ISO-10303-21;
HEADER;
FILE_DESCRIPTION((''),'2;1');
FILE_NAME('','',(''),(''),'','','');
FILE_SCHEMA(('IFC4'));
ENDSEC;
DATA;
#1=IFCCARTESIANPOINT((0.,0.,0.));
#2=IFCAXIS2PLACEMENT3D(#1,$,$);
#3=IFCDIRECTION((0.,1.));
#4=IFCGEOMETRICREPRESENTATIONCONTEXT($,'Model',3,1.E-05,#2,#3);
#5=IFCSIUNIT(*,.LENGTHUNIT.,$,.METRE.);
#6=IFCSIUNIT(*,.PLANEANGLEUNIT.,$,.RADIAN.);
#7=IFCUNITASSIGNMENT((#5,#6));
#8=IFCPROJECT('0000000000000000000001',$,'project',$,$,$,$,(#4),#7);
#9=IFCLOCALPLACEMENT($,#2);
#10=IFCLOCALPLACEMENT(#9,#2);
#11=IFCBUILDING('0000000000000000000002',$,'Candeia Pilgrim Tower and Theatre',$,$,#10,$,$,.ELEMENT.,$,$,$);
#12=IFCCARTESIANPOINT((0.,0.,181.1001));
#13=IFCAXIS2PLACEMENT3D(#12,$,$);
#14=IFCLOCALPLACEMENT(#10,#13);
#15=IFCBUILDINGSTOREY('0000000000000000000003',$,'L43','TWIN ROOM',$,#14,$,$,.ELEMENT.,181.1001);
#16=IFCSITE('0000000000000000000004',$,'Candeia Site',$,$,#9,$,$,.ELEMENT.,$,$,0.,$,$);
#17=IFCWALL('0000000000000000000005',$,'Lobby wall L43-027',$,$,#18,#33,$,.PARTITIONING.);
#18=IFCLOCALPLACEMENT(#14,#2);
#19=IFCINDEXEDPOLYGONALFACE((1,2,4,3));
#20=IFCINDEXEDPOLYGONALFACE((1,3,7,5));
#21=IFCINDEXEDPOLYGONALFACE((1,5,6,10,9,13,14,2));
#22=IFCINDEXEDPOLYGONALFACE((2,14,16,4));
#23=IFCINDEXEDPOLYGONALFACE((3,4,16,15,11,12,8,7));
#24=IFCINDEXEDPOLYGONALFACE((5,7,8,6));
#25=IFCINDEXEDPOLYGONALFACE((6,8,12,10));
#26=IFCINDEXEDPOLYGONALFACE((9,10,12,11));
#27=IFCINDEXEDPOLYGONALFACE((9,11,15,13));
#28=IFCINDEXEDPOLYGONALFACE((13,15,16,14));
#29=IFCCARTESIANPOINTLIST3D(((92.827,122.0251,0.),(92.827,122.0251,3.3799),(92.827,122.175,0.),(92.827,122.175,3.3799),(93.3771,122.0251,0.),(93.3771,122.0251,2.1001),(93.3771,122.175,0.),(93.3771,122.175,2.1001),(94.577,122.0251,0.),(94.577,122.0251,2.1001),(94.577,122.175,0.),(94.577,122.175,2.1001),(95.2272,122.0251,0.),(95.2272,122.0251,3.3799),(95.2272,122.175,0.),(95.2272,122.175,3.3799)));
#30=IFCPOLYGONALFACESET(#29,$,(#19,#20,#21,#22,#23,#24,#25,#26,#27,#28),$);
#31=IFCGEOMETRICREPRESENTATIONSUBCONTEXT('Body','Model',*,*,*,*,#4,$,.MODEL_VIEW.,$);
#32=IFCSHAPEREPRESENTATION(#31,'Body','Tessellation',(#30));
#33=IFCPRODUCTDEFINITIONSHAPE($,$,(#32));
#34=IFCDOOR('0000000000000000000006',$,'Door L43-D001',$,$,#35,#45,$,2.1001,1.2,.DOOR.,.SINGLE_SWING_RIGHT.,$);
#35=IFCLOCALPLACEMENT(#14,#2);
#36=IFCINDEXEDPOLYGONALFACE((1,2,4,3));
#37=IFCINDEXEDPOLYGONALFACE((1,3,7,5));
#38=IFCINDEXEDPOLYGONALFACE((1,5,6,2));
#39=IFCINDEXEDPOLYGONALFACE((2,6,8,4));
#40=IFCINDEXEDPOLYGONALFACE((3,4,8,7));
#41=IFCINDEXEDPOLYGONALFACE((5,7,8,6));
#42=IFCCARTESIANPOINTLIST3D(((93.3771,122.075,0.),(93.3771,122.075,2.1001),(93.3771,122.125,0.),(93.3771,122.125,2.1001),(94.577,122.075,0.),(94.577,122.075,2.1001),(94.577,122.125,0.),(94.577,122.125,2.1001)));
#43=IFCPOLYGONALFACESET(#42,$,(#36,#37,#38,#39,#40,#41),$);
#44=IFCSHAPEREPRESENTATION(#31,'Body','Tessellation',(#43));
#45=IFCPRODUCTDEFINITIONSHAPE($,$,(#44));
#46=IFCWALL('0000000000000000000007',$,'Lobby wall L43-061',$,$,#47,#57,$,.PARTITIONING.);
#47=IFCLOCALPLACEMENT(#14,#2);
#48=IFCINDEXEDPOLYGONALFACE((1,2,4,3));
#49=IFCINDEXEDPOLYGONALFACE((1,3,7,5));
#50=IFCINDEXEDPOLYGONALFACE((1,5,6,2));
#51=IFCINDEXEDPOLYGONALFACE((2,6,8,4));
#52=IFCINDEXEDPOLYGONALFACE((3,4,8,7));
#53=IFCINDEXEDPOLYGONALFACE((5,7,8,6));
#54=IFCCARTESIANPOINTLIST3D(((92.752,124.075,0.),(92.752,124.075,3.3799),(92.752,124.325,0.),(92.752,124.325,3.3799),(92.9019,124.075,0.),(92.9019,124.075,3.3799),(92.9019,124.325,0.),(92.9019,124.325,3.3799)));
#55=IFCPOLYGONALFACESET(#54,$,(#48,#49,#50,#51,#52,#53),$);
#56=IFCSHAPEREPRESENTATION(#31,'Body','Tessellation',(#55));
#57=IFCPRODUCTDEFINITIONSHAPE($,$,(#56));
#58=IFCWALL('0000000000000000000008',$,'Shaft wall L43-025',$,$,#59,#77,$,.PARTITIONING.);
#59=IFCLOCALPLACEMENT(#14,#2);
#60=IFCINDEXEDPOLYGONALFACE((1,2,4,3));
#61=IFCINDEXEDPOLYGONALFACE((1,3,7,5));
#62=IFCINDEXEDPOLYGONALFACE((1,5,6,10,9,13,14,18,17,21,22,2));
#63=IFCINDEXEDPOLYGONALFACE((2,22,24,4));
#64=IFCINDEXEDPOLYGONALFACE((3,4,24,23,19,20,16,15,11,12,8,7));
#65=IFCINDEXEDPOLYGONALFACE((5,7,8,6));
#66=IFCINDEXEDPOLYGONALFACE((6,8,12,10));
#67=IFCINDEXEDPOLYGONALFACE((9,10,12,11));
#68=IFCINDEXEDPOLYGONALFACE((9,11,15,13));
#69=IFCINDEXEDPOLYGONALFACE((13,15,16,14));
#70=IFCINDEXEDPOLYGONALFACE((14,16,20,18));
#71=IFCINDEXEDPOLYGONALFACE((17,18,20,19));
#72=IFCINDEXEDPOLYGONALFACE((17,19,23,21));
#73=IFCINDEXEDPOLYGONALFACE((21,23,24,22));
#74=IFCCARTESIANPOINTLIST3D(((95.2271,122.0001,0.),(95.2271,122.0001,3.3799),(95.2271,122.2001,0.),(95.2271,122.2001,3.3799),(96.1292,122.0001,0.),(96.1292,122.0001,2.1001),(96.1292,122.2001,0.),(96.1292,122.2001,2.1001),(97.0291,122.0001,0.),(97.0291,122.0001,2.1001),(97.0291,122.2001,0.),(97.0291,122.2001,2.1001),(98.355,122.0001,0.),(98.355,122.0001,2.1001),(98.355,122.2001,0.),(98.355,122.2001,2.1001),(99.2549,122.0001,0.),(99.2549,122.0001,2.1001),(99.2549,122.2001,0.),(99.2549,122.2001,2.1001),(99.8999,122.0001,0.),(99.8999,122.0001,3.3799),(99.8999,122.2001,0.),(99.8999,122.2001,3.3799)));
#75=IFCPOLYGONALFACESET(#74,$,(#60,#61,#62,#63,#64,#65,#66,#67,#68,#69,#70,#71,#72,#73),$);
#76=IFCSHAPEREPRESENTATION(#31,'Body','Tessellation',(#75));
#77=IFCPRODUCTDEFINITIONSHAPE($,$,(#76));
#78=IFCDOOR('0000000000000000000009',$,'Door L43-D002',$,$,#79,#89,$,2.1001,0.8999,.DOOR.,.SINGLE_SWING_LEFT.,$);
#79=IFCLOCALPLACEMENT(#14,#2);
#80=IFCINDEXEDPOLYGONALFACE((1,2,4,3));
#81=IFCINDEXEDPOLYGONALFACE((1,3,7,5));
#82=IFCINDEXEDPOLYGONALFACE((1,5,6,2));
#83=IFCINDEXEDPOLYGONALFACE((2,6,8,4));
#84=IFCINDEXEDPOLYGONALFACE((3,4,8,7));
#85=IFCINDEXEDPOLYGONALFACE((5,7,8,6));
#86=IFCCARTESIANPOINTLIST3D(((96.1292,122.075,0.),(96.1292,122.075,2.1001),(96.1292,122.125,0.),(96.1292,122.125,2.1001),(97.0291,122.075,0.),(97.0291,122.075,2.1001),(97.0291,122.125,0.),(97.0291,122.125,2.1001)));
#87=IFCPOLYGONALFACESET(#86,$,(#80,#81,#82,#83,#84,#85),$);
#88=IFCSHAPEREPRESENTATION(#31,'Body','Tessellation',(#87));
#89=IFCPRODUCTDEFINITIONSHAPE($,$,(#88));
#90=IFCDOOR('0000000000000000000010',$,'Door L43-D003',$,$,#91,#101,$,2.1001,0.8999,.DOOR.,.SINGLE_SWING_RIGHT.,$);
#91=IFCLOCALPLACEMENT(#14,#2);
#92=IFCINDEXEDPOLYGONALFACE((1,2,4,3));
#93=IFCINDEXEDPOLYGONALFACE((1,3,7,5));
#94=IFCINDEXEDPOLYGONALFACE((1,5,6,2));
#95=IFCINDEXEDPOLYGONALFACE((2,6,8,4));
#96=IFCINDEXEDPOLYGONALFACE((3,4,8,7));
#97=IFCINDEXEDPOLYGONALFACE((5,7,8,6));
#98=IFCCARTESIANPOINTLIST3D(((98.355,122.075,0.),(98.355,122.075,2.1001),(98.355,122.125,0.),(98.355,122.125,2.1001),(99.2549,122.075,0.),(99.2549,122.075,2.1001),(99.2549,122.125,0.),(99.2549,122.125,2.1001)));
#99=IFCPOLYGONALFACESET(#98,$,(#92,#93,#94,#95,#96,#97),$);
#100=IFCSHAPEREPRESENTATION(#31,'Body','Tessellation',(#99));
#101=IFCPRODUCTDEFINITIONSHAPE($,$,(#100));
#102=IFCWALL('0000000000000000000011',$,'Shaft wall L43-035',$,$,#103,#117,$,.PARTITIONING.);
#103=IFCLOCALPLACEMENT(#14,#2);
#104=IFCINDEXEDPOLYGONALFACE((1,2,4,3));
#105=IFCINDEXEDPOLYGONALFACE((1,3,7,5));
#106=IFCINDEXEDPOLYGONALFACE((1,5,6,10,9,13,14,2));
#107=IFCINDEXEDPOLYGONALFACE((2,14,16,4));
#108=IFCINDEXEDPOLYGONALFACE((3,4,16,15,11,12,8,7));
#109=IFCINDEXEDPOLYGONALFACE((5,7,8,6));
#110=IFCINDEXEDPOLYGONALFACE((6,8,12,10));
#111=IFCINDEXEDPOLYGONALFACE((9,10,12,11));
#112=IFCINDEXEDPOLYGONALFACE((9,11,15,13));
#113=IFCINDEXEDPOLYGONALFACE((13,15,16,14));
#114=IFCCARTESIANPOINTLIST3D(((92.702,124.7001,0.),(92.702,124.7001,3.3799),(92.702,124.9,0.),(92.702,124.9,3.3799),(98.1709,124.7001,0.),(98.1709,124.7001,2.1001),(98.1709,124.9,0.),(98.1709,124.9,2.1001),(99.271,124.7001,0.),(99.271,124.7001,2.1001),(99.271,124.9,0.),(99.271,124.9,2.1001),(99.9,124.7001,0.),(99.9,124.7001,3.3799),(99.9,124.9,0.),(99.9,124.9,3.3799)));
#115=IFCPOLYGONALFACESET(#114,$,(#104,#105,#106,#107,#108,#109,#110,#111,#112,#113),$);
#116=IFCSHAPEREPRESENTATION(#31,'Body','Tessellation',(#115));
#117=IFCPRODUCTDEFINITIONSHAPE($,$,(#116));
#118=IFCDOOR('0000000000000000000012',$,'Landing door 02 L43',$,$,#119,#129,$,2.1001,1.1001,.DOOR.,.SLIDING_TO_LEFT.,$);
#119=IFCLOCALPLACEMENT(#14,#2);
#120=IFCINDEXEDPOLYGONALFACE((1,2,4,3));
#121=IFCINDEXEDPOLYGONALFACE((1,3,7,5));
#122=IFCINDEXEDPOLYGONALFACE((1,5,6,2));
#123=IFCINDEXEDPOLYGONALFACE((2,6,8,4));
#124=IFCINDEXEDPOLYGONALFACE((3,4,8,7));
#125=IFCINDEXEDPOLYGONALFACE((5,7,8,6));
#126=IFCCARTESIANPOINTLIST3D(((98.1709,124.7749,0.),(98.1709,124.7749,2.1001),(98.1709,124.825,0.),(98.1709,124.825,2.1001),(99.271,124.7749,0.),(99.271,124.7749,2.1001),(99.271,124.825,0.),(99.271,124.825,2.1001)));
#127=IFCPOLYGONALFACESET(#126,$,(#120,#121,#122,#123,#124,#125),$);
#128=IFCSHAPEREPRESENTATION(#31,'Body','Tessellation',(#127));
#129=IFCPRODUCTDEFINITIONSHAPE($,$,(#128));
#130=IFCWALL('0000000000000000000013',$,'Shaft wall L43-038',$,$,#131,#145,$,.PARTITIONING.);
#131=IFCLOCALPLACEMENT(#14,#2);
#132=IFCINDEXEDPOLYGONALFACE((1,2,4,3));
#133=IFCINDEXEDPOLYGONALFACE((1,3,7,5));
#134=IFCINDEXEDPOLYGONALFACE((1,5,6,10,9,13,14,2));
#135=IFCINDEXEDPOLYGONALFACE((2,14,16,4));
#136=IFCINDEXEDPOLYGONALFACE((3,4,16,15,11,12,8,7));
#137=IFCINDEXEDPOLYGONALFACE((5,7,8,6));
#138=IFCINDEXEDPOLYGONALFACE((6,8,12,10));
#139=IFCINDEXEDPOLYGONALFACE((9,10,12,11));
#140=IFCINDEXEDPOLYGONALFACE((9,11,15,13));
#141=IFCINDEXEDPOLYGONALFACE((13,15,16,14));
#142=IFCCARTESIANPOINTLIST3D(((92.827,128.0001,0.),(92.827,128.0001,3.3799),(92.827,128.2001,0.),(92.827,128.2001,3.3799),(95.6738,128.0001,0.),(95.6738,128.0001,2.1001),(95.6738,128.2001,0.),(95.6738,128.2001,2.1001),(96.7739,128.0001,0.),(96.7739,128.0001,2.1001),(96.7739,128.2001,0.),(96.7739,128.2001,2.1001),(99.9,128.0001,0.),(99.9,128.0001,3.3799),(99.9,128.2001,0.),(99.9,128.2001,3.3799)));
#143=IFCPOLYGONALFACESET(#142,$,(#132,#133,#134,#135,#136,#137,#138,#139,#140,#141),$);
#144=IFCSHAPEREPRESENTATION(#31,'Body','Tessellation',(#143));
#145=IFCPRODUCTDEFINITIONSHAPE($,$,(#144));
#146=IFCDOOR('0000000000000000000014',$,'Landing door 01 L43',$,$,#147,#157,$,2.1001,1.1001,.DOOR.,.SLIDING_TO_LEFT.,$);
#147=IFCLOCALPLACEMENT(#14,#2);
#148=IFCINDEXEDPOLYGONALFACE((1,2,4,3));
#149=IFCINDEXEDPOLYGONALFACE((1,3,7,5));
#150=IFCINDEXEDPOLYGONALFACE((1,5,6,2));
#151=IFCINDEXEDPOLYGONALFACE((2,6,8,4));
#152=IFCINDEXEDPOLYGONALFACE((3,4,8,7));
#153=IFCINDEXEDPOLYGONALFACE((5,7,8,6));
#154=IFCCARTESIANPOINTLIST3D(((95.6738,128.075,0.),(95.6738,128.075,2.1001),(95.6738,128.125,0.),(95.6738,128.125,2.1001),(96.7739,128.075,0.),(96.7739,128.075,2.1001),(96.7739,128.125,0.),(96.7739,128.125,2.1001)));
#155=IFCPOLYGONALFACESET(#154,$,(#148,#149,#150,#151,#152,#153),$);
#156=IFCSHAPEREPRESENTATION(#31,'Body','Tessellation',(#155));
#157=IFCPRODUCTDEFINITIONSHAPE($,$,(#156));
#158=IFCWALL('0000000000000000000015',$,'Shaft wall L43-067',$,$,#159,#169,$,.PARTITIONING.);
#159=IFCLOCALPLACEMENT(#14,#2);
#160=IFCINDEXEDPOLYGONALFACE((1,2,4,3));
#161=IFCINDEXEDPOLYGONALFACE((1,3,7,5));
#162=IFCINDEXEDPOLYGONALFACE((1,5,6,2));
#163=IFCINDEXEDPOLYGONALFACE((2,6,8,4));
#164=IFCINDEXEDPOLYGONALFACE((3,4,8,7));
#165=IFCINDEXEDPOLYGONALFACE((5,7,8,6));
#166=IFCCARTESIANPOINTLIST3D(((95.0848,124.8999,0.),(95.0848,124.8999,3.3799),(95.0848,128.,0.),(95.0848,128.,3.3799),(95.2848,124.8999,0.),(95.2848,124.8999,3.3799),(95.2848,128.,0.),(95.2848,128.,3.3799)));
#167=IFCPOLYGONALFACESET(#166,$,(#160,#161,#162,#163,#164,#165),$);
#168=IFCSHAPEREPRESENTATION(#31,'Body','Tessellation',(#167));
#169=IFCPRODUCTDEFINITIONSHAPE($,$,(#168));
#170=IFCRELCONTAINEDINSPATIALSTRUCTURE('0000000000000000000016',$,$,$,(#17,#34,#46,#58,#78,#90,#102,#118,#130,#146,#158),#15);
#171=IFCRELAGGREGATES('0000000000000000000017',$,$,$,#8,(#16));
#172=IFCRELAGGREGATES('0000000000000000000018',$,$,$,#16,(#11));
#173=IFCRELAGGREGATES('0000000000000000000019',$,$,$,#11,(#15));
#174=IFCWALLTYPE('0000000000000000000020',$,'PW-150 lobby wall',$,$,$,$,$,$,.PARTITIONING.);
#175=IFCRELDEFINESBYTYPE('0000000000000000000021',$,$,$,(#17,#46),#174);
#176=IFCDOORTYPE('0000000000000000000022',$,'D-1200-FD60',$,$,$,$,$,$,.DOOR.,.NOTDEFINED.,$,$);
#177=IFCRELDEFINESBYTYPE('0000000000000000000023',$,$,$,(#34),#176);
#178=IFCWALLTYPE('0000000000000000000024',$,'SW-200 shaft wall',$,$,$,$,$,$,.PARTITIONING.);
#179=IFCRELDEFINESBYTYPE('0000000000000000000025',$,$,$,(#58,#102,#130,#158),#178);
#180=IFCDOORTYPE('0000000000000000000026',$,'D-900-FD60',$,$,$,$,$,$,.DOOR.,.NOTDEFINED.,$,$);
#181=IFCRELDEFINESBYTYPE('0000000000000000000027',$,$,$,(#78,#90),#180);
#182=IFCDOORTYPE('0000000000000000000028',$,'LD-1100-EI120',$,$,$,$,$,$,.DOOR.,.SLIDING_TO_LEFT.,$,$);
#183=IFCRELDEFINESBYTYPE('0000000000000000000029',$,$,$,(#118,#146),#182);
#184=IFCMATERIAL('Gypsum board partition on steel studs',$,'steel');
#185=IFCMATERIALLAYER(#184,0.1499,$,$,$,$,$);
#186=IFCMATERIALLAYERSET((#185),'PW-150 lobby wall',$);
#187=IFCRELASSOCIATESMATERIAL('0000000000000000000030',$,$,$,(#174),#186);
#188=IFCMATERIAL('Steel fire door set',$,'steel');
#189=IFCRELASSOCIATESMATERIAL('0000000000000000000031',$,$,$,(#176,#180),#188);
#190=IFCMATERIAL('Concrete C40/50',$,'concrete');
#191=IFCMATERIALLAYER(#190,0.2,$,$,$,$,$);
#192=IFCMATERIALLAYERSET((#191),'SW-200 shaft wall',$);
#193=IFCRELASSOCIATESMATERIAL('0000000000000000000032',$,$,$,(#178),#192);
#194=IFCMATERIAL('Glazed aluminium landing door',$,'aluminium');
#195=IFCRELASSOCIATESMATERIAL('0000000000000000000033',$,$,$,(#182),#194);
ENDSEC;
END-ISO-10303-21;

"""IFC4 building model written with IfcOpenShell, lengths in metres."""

from ifc_helpers import new_model, si_unit, direction, frame, frame_2d, origin, place, context, subcontext, project, spatial, rectangle, extrude, material, layer, layer_set, type_object, element, fill, save


model = new_model("IFC4")

# Units and contexts
model_context = context("Model", 3, precision=1e-05, world=origin(), true_north=direction((0.0, 1.0)))
body_context = subcontext(model_context, "Body", "Model", "MODEL_VIEW")
ifc_project = project(units=[si_unit("LENGTHUNIT", "METRE"), si_unit("PLANEANGLEUNIT", "RADIAN")], contexts=[model_context])

# Site, building, storey
site_placement = place(None, origin())
site = spatial("IfcSite", under=ifc_project, at=site_placement, Name="Candeia Site", CompositionType="ELEMENT", RefElevation=0.0)
building_placement = place(site_placement, origin())
building = spatial("IfcBuilding", under=site, at=building_placement, Name="Candeia Pilgrim Tower and Theatre", CompositionType="ELEMENT")
storey_placement = place(building_placement, frame((0.0, 0.0, 181.1001)))
storey = spatial("IfcBuildingStorey", under=building, at=storey_placement, Name="L43", Description="TWIN ROOM", CompositionType="ELEMENT", Elevation=181.1001)

# Wall, opening, door
ifc_material_1 = material(Name="Gypsum board partition on steel studs", Category="steel")
ifc_layer_1 = layer(ifc_material_1, 0.1499)
ifc_layer_set_1 = layer_set([ifc_layer_1], Name="PW-150 lobby wall")
wall_type_1 = type_object("IfcWallType", Name="PW-150 lobby wall", PredefinedType="PARTITIONING", material=ifc_layer_set_1)
wall_1_placement = place(storey_placement, frame((92.8269, 122.1001, 0.0), z_axis=(0.0, 0.0, 1.0), x_axis=(1.0, 0.0, 0.0)))
wall_1 = element("IfcWall", 1, at=wall_1_placement, inside=storey, type_object=wall_type_1, Name="Lobby wall L43-027", PredefinedType="PARTITIONING", context=body_context, shape_type="SweptSolid", body=[
    extrude(rectangle(XDim=2.4001, YDim=0.1499, at=frame_2d((1.2002, 0.0))), origin(), (0.0, 0.0, 1.0), 3.3799),
])
opening_1_placement = place(wall_1_placement, frame((0.55, 0.0, 0.0)))
opening_1 = element("IfcOpeningElement", 2, at=opening_1_placement, cuts=wall_1, PredefinedType="OPENING", context=body_context, shape_type="SweptSolid", body=[
    extrude(rectangle(XDim=1.2, YDim=2.1001, at=frame_2d((0.6001, 1.05))), frame((0.0, 0.085, 0.0), z_axis=(0.0, -1.0, 0.0), x_axis=(1.0, 0.0, 0.0)), (0.0, 0.0, 1.0), 0.1699),
])
ifc_material_2 = material(Name="Steel fire door set", Category="steel")
door_type_1 = type_object("IfcDoorType", Name="D-1200-FD60", OperationType="NOTDEFINED", PredefinedType="DOOR", material=ifc_material_2)
door_1_placement = place(opening_1_placement, origin())
door_1 = element("IfcDoor", 3, at=door_1_placement, inside=storey, type_object=door_type_1, Name="Door L43-D001", OperationType="SINGLE_SWING_RIGHT", OverallHeight=2.1001, OverallWidth=1.2, PredefinedType="DOOR", context=body_context, shape_type="SweptSolid", body=[
    extrude(rectangle(XDim=1.2, YDim=2.1001, at=frame_2d((0.6001, 1.05))), frame((0.0, 0.0249, 0.0), z_axis=(0.0, -1.0, 0.0), x_axis=(1.0, 0.0, 0.0)), (0.0, 0.0, 1.0), 0.05),
])
fill(opening_1, door_1)

# Wall
wall_2_placement = place(storey_placement, frame((92.8269, 124.075, 0.0), z_axis=(0.0, 0.0, 1.0), x_axis=(0.0, 1.0, 0.0)))
element("IfcWall", 4, at=wall_2_placement, inside=storey, type_object=wall_type_1, Name="Lobby wall L43-061", PredefinedType="PARTITIONING", context=body_context, shape_type="SweptSolid", body=[
    extrude(rectangle(XDim=0.25, YDim=0.1499, at=frame_2d((0.125, 0.0))), origin(), (0.0, 0.0, 1.0), 3.3799),
])

# Wall, openings, doors
ifc_material_3 = material(Name="Concrete C40/50", Category="concrete")
ifc_layer_2 = layer(ifc_material_3, 0.2)
ifc_layer_set_2 = layer_set([ifc_layer_2], Name="SW-200 shaft wall")
wall_type_2 = type_object("IfcWallType", Name="SW-200 shaft wall", PredefinedType="PARTITIONING", material=ifc_layer_set_2)
wall_3_placement = place(storey_placement, frame((95.2271, 122.1001, 0.0), z_axis=(0.0, 0.0, 1.0), x_axis=(1.0, 0.0, 0.0)))
wall_3 = element("IfcWall", 5, at=wall_3_placement, inside=storey, type_object=wall_type_2, Name="Shaft wall L43-025", PredefinedType="PARTITIONING", context=body_context, shape_type="SweptSolid", body=[
    extrude(rectangle(XDim=4.6729, YDim=0.2, at=frame_2d((2.3364, 0.0))), origin(), (0.0, 0.0, 1.0), 3.3799),
])
opening_2_placement = place(wall_3_placement, frame((0.9021, 0.0, 0.0)))
opening_2 = element("IfcOpeningElement", 6, at=opening_2_placement, cuts=wall_3, PredefinedType="OPENING", context=body_context, shape_type="SweptSolid", body=[
    extrude(rectangle(XDim=0.8999, YDim=2.1001, at=frame_2d((0.45, 1.05))), frame((0.0, 0.1099, 0.0), z_axis=(0.0, -1.0, 0.0), x_axis=(1.0, 0.0, 0.0)), (0.0, 0.0, 1.0), 0.22),
])
opening_3_placement = place(wall_3_placement, frame((3.1279, 0.0, 0.0)))
opening_3 = element("IfcOpeningElement", 7, at=opening_3_placement, cuts=wall_3, PredefinedType="OPENING", context=body_context, shape_type="SweptSolid", body=[
    extrude(rectangle(XDim=0.8999, YDim=2.1001, at=frame_2d((0.45, 1.05))), frame((0.0, 0.1099, 0.0), z_axis=(0.0, -1.0, 0.0), x_axis=(1.0, 0.0, 0.0)), (0.0, 0.0, 1.0), 0.22),
])
door_type_2 = type_object("IfcDoorType", Name="D-900-FD60", OperationType="NOTDEFINED", PredefinedType="DOOR", material=ifc_material_2)
door_2_placement = place(opening_2_placement, origin())
door_2 = element("IfcDoor", 8, at=door_2_placement, inside=storey, type_object=door_type_2, Name="Door L43-D002", OperationType="SINGLE_SWING_LEFT", OverallHeight=2.1001, OverallWidth=0.8999, PredefinedType="DOOR", context=body_context, shape_type="SweptSolid", body=[
    extrude(rectangle(XDim=0.8999, YDim=2.1001, at=frame_2d((0.45, 1.05))), frame((0.0, 0.0249, 0.0), z_axis=(0.0, -1.0, 0.0), x_axis=(1.0, 0.0, 0.0)), (0.0, 0.0, 1.0), 0.05),
])
fill(opening_2, door_2)
door_3_placement = place(opening_3_placement, origin())
door_3 = element("IfcDoor", 9, at=door_3_placement, inside=storey, type_object=door_type_2, Name="Door L43-D003", OperationType="SINGLE_SWING_RIGHT", OverallHeight=2.1001, OverallWidth=0.8999, PredefinedType="DOOR", context=body_context, shape_type="SweptSolid", body=[
    extrude(rectangle(XDim=0.8999, YDim=2.1001, at=frame_2d((0.45, 1.05))), frame((0.0, 0.0249, 0.0), z_axis=(0.0, -1.0, 0.0), x_axis=(1.0, 0.0, 0.0)), (0.0, 0.0, 1.0), 0.05),
])
fill(opening_3, door_3)

# Walls, openings, doors
wall_4_placement = place(storey_placement, frame((92.7019, 124.8, 0.0), z_axis=(0.0, 0.0, 1.0), x_axis=(1.0, 0.0, 0.0)))
wall_4 = element("IfcWall", 10, at=wall_4_placement, inside=storey, type_object=wall_type_2, Name="Shaft wall L43-035", PredefinedType="PARTITIONING", context=body_context, shape_type="SweptSolid", body=[
    extrude(rectangle(XDim=7.198, YDim=0.2, at=frame_2d((3.5991, 0.0))), origin(), (0.0, 0.0, 1.0), 3.3799),
])
opening_4_placement = place(wall_4_placement, frame((5.469, 0.0, 0.0)))
opening_4 = element("IfcOpeningElement", 11, at=opening_4_placement, cuts=wall_4, PredefinedType="OPENING", context=body_context, shape_type="SweptSolid", body=[
    extrude(rectangle(XDim=1.1001, YDim=2.1001, at=frame_2d((0.55, 1.05))), frame((0.0, 0.1099, 0.0), z_axis=(0.0, -1.0, 0.0), x_axis=(1.0, 0.0, 0.0)), (0.0, 0.0, 1.0), 0.22),
])
ifc_material_4 = material(Name="Glazed aluminium landing door", Category="aluminium")
door_type_3 = type_object("IfcDoorType", Name="LD-1100-EI120", OperationType="SLIDING_TO_LEFT", PredefinedType="DOOR", material=ifc_material_4)
door_4_placement = place(opening_4_placement, origin())
door_4 = element("IfcDoor", 12, at=door_4_placement, inside=storey, type_object=door_type_3, Name="Landing door 02 L43", OperationType="SLIDING_TO_LEFT", OverallHeight=2.1001, OverallWidth=1.1001, PredefinedType="DOOR", context=body_context, shape_type="SweptSolid", body=[
    extrude(rectangle(XDim=1.1001, YDim=2.1001, at=frame_2d((0.55, 1.05))), frame((0.0, 0.0249, 0.0), z_axis=(0.0, -1.0, 0.0), x_axis=(1.0, 0.0, 0.0)), (0.0, 0.0, 1.0), 0.05),
])
fill(opening_4, door_4)
wall_5_placement = place(storey_placement, frame((92.8269, 128.1001, 0.0), z_axis=(0.0, 0.0, 1.0), x_axis=(1.0, 0.0, 0.0)))
wall_5 = element("IfcWall", 13, at=wall_5_placement, inside=storey, type_object=wall_type_2, Name="Shaft wall L43-038", PredefinedType="PARTITIONING", context=body_context, shape_type="SweptSolid", body=[
    extrude(rectangle(XDim=7.073, YDim=0.2, at=frame_2d((3.5366, 0.0))), origin(), (0.0, 0.0, 1.0), 3.3799),
])
opening_5_placement = place(wall_5_placement, frame((2.8469, 0.0, 0.0)))
opening_5 = element("IfcOpeningElement", 14, at=opening_5_placement, cuts=wall_5, PredefinedType="OPENING", context=body_context, shape_type="SweptSolid", body=[
    extrude(rectangle(XDim=1.1001, YDim=2.1001, at=frame_2d((0.55, 1.05))), frame((0.0, 0.1099, 0.0), z_axis=(0.0, -1.0, 0.0), x_axis=(1.0, 0.0, 0.0)), (0.0, 0.0, 1.0), 0.22),
])
door_5_placement = place(opening_5_placement, origin())
door_5 = element("IfcDoor", 15, at=door_5_placement, inside=storey, type_object=door_type_3, Name="Landing door 01 L43", OperationType="SLIDING_TO_LEFT", OverallHeight=2.1001, OverallWidth=1.1001, PredefinedType="DOOR", context=body_context, shape_type="SweptSolid", body=[
    extrude(rectangle(XDim=1.1001, YDim=2.1001, at=frame_2d((0.55, 1.05))), frame((0.0, 0.0249, 0.0), z_axis=(0.0, -1.0, 0.0), x_axis=(1.0, 0.0, 0.0)), (0.0, 0.0, 1.0), 0.05),
])
fill(opening_5, door_5)

# Wall
for number, where, z_axis, x_axis, name in (
    (16, (95.1848, 124.8999, 0.0), (0.0, 0.0, 1.0), (0.0, 1.0, 0.0), "Shaft wall L43-067"),
):
    element("IfcWall", number, at=place(storey_placement, frame(where, z_axis=z_axis, x_axis=x_axis)), inside=storey, type_object=wall_type_2, Name=name, PredefinedType="PARTITIONING", context=body_context, shape_type="SweptSolid", body=[
        extrude(rectangle(XDim=3.1001, YDim=0.2, at=frame_2d((1.55, 0.0))), origin(), (0.0, 0.0, 1.0), 3.3799),
    ])

save(model, "model.ifc")
